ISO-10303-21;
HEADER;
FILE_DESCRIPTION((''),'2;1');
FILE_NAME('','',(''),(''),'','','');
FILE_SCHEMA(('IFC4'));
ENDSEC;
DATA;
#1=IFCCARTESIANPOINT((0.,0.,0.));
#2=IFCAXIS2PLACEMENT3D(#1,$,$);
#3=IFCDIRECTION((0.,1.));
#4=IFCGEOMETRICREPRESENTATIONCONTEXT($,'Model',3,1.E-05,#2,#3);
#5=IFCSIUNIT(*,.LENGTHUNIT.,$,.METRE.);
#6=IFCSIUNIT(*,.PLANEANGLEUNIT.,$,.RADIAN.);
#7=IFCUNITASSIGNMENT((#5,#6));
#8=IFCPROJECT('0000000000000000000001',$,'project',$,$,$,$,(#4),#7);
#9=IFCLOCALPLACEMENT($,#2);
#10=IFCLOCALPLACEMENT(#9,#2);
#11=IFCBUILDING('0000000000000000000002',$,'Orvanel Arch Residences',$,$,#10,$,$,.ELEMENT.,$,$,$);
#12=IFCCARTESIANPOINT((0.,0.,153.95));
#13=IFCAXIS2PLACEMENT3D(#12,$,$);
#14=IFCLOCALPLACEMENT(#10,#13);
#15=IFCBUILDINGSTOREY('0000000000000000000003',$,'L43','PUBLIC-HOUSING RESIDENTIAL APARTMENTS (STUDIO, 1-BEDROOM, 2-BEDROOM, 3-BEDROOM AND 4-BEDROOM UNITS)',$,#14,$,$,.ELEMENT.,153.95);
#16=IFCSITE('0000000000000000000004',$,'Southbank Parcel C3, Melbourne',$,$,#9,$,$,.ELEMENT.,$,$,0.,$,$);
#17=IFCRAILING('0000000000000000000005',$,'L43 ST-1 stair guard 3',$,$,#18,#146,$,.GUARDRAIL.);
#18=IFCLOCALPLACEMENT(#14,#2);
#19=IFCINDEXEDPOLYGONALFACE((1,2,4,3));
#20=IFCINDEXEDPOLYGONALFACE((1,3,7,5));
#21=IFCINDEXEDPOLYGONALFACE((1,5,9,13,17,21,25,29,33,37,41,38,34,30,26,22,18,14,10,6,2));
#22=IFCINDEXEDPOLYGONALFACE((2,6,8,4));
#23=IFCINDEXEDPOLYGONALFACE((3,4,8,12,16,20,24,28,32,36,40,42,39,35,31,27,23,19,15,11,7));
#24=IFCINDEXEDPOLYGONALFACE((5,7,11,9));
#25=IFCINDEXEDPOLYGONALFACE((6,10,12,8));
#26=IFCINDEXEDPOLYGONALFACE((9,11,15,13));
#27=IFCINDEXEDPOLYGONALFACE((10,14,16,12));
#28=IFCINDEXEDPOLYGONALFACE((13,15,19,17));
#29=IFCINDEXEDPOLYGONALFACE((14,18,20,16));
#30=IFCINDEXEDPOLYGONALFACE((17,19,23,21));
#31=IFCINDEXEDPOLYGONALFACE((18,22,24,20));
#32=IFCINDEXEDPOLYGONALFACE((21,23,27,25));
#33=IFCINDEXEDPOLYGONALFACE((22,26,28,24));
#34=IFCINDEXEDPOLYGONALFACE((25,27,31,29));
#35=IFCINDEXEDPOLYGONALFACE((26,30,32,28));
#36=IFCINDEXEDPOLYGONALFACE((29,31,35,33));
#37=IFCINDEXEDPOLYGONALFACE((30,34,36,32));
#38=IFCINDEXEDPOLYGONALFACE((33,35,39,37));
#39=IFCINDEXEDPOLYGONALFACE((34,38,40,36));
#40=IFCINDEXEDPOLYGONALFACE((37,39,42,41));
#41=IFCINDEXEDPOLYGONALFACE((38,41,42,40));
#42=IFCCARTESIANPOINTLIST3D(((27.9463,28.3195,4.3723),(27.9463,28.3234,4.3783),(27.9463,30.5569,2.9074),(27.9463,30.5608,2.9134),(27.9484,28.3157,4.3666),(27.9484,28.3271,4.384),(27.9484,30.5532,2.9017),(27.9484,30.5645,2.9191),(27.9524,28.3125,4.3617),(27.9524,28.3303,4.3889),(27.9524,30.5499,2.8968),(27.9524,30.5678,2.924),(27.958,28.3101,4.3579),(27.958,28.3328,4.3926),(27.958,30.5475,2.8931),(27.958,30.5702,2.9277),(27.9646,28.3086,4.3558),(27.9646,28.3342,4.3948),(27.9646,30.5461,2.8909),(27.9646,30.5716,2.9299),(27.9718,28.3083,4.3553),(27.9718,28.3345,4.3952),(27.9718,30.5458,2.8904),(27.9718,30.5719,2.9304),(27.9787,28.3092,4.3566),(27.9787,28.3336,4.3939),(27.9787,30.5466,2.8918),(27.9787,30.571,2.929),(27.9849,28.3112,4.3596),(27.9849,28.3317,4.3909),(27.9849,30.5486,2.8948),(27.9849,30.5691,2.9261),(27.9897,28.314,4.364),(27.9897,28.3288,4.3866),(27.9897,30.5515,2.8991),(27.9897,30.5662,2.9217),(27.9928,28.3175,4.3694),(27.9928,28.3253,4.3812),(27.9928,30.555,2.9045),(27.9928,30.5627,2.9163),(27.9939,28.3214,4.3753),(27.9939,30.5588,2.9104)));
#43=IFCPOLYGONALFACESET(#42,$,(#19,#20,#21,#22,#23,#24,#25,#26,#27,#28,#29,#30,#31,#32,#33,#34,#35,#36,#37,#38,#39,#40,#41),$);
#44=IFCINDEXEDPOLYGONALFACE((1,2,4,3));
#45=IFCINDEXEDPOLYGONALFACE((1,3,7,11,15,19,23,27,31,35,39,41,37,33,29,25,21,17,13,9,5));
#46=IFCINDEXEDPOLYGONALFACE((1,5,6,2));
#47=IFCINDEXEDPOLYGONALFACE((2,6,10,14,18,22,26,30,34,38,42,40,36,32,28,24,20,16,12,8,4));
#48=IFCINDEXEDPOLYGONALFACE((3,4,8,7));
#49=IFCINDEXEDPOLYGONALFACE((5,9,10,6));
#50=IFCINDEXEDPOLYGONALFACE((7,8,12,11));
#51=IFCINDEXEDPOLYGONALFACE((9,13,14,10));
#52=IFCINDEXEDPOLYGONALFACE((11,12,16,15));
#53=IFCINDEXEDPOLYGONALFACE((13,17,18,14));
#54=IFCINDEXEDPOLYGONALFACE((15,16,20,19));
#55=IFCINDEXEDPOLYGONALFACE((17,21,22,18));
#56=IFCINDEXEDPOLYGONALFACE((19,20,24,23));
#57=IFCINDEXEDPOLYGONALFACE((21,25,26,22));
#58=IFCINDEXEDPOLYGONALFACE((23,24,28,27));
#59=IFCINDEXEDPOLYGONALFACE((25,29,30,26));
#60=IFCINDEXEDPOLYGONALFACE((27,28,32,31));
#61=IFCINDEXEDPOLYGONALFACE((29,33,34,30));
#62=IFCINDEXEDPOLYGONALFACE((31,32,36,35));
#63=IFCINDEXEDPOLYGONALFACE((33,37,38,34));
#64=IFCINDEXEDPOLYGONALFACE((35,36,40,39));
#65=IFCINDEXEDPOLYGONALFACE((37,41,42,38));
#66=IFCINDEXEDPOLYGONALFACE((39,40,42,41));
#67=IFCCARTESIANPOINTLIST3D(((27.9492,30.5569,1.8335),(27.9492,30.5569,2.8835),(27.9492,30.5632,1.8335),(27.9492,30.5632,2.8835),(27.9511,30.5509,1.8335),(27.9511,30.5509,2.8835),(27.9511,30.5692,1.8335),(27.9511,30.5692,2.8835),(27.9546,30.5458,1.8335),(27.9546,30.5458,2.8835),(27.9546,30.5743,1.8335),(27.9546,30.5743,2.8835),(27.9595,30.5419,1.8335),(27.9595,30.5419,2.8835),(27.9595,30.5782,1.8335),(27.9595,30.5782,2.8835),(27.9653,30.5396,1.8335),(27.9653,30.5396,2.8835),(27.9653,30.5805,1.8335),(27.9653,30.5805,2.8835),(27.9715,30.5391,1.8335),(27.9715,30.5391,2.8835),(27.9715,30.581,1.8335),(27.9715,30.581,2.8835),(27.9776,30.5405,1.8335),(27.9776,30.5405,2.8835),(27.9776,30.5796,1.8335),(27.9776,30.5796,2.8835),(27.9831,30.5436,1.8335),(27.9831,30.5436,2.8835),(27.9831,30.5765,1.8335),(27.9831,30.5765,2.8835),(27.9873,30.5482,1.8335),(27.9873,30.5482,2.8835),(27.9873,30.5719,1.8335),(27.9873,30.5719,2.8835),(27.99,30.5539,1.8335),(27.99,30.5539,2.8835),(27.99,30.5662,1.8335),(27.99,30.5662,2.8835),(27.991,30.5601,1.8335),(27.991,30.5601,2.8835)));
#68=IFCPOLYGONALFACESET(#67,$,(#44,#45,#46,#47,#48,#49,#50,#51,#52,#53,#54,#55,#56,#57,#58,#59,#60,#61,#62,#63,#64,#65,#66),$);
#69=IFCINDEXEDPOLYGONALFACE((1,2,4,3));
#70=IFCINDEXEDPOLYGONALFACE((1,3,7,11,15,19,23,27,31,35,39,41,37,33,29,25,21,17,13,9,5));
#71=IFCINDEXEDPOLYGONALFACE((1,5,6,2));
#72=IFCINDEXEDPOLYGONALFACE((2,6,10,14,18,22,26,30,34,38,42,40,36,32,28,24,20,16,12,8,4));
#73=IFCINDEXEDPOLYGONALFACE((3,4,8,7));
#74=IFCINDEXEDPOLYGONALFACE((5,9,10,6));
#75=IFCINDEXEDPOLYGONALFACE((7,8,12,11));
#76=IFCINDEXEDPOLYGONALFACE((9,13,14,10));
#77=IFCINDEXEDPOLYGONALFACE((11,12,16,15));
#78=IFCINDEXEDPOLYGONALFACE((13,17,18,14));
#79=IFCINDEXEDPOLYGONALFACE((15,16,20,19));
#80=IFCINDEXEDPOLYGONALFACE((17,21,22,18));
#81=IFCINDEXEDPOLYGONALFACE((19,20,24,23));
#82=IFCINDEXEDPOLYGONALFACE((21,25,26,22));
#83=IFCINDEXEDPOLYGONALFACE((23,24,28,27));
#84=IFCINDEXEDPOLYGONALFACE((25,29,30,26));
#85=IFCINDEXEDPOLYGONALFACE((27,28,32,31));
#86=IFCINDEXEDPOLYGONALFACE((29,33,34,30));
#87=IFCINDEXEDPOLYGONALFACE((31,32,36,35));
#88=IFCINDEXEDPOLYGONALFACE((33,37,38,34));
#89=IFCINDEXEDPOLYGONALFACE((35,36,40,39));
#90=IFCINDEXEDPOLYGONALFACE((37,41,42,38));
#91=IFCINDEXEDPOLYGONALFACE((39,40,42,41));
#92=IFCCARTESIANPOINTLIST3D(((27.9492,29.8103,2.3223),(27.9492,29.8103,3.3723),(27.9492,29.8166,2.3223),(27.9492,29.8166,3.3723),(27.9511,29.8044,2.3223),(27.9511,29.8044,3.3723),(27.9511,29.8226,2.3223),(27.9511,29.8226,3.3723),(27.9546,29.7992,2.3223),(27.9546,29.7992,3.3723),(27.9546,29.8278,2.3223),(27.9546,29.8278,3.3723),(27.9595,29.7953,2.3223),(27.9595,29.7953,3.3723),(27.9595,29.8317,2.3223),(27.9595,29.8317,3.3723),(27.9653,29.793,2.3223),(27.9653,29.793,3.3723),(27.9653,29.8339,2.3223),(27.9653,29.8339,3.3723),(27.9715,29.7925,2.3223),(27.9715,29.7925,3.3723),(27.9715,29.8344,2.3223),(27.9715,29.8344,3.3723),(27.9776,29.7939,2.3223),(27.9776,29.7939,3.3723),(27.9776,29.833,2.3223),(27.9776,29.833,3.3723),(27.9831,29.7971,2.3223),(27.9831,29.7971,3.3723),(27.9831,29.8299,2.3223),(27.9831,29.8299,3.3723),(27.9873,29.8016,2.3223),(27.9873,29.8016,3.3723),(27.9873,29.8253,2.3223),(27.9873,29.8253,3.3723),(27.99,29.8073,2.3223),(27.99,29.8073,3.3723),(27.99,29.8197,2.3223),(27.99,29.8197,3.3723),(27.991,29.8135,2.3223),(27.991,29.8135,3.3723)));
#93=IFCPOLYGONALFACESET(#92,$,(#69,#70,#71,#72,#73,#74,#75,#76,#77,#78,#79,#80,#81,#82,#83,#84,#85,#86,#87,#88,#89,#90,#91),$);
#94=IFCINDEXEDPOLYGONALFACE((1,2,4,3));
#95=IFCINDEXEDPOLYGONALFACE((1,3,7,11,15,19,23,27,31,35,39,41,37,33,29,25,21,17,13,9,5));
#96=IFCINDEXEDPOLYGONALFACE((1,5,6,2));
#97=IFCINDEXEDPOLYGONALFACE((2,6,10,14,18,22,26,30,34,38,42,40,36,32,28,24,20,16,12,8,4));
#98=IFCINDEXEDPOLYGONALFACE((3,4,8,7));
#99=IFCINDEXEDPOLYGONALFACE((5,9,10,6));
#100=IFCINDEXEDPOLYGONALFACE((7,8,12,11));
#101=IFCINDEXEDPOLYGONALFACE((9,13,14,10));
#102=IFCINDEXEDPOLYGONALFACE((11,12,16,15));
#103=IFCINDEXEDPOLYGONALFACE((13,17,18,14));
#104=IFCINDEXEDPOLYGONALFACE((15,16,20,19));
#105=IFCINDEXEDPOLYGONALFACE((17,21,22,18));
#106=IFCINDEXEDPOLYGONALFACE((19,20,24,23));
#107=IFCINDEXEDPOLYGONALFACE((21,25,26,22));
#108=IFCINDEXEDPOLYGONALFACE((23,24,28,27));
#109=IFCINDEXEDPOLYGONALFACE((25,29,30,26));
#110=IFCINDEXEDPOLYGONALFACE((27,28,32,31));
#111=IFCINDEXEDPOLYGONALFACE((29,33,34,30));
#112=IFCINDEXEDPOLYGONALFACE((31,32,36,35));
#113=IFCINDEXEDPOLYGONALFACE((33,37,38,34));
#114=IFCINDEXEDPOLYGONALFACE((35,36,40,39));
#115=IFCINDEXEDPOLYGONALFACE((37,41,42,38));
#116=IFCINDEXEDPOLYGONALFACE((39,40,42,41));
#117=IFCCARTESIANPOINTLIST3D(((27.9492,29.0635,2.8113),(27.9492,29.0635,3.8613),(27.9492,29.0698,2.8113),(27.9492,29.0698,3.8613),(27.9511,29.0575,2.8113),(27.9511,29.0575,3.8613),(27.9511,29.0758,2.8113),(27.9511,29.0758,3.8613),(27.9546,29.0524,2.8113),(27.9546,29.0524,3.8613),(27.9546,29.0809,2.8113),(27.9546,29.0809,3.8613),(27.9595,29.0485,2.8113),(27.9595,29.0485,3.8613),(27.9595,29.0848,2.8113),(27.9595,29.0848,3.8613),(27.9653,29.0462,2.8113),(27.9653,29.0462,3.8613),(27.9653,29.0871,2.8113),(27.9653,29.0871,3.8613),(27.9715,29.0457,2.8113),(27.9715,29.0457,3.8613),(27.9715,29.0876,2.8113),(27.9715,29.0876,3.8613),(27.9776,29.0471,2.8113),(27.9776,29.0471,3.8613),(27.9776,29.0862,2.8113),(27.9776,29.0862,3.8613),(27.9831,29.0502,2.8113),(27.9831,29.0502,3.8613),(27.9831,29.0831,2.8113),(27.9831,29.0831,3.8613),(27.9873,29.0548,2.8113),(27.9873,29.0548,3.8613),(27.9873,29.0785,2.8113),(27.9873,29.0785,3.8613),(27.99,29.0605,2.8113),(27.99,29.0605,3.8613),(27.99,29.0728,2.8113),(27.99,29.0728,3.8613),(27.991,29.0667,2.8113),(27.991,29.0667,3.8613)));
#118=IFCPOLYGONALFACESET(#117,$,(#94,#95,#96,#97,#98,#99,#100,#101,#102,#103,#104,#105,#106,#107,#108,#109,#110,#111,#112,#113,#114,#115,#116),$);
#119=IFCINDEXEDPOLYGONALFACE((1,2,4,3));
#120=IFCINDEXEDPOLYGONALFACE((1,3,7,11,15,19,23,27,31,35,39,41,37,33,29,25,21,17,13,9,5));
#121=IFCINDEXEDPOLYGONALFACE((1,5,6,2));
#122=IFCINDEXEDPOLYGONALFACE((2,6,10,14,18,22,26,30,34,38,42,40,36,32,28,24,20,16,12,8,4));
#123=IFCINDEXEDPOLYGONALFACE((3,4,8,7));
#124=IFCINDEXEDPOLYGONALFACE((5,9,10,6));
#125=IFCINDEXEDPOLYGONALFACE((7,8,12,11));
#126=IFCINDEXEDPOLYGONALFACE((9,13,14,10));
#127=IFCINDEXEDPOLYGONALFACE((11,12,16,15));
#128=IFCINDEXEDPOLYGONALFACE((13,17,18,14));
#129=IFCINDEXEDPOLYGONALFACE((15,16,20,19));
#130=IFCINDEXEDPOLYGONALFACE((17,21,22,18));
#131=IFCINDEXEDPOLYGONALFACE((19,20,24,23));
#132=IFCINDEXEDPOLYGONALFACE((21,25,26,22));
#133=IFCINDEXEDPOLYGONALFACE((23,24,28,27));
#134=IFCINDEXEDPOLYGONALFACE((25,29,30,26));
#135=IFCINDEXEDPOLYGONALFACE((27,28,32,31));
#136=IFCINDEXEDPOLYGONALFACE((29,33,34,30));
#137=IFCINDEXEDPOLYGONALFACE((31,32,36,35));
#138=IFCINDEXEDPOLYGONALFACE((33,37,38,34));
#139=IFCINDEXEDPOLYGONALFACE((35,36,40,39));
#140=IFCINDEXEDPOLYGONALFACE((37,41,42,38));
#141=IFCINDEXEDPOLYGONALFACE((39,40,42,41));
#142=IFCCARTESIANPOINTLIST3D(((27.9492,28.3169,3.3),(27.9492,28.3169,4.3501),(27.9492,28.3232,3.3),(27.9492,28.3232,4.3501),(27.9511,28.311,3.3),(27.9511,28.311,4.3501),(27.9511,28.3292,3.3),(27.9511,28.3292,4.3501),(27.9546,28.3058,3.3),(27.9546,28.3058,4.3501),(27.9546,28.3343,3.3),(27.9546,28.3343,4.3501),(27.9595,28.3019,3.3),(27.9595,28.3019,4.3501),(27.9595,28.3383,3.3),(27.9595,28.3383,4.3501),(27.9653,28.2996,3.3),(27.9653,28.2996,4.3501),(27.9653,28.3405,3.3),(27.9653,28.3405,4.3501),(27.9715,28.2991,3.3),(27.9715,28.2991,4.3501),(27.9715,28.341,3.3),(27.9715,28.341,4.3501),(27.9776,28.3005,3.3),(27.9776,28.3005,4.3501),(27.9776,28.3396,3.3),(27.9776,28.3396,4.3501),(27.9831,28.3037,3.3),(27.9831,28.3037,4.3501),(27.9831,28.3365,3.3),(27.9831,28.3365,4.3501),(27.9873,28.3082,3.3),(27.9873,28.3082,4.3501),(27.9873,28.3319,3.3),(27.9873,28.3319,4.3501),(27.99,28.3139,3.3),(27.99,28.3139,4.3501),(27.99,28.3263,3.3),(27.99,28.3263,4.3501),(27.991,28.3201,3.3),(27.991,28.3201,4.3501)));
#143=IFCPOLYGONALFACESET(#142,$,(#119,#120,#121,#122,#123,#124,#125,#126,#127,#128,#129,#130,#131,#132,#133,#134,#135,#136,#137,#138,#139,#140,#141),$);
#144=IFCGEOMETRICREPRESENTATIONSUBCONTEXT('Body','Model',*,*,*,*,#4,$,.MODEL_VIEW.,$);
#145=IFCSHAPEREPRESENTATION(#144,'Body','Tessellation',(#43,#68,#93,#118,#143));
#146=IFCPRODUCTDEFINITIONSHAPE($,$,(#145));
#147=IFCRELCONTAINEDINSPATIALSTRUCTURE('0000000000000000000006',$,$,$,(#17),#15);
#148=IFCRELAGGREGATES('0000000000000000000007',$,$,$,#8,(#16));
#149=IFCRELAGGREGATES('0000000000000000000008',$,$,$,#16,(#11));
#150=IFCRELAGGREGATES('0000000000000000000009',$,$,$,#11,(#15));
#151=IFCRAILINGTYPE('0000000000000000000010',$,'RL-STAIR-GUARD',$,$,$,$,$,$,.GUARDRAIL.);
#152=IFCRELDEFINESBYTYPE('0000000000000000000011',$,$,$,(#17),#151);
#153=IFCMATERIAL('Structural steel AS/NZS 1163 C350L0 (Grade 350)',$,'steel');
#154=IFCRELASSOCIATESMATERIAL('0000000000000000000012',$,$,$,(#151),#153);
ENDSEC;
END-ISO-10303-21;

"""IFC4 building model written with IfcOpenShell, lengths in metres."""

from ifc_helpers import new_model, si_unit, direction, frame, origin, origin_2d, place, context, subcontext, project, spatial, circle, extrude, material, type_object, element, save


model = new_model("IFC4")

# Units and contexts
model_context = context("Model", 3, precision=1e-05, world=origin(), true_north=direction((0.0, 1.0)))
body_context = subcontext(model_context, "Body", "Model", "MODEL_VIEW")
ifc_project = project(units=[si_unit("LENGTHUNIT", "METRE"), si_unit("PLANEANGLEUNIT", "RADIAN")], contexts=[model_context])

# Site, building, storey
site_placement = place(None, origin())
site = spatial("IfcSite", under=ifc_project, at=site_placement, Name="Southbank Parcel C3, Melbourne", CompositionType="ELEMENT", RefElevation=0.0)
building_placement = place(site_placement, origin())
building = spatial("IfcBuilding", under=site, at=building_placement, Name="Orvanel Arch Residences", CompositionType="ELEMENT")
storey_placement = place(building_placement, frame((0.0, 0.0, 153.95)))
storey = spatial("IfcBuildingStorey", under=building, at=storey_placement, Name="L43", Description="PUBLIC-HOUSING RESIDENTIAL APARTMENTS (STUDIO, 1-BEDROOM, 2-BEDROOM, 3-BEDROOM AND 4-BEDROOM UNITS)", CompositionType="ELEMENT", Elevation=153.95)

# Railing
ifc_material_1 = material(Name="Structural steel AS/NZS 1163 C350L0 (Grade 350)", Category="steel")
railing_type_1 = type_object("IfcRailingType", Name="RL-STAIR-GUARD", PredefinedType="GUARDRAIL", material=ifc_material_1)
railing_1_placement = place(storey_placement, frame((27.97, 30.5601, 1.8335)))
element("IfcRailing", 1, at=railing_1_placement, inside=storey, type_object=railing_type_1, Name="L43 ST-1 stair guard 3", PredefinedType="GUARDRAIL", context=body_context, shape_type="SweptSolid", body=[
    extrude(circle(Radius=0.0239, at=origin_2d()), frame((0.0, -0.0012, 1.0769), z_axis=(0.0, -0.836637, 0.547758), x_axis=(1.0, 0.0, 0.0)), (0.0, 0.0, 1.0), 2.6743),
    extrude(circle(Radius=0.021, at=origin_2d()), origin(), (0.0, 0.0, 1.0), 1.05),
    extrude(circle(Radius=0.021, at=origin_2d()), frame((0.0, -0.7466, 0.4888)), (0.0, 0.0, 1.0), 1.05),
    extrude(circle(Radius=0.021, at=origin_2d()), frame((0.0, -1.4934, 0.9778)), (0.0, 0.0, 1.0), 1.05),
    extrude(circle(Radius=0.021, at=origin_2d()), frame((0.0, -2.24, 1.4666)), (0.0, 0.0, 1.0), 1.05),
])

save(model, "model.ifc")
